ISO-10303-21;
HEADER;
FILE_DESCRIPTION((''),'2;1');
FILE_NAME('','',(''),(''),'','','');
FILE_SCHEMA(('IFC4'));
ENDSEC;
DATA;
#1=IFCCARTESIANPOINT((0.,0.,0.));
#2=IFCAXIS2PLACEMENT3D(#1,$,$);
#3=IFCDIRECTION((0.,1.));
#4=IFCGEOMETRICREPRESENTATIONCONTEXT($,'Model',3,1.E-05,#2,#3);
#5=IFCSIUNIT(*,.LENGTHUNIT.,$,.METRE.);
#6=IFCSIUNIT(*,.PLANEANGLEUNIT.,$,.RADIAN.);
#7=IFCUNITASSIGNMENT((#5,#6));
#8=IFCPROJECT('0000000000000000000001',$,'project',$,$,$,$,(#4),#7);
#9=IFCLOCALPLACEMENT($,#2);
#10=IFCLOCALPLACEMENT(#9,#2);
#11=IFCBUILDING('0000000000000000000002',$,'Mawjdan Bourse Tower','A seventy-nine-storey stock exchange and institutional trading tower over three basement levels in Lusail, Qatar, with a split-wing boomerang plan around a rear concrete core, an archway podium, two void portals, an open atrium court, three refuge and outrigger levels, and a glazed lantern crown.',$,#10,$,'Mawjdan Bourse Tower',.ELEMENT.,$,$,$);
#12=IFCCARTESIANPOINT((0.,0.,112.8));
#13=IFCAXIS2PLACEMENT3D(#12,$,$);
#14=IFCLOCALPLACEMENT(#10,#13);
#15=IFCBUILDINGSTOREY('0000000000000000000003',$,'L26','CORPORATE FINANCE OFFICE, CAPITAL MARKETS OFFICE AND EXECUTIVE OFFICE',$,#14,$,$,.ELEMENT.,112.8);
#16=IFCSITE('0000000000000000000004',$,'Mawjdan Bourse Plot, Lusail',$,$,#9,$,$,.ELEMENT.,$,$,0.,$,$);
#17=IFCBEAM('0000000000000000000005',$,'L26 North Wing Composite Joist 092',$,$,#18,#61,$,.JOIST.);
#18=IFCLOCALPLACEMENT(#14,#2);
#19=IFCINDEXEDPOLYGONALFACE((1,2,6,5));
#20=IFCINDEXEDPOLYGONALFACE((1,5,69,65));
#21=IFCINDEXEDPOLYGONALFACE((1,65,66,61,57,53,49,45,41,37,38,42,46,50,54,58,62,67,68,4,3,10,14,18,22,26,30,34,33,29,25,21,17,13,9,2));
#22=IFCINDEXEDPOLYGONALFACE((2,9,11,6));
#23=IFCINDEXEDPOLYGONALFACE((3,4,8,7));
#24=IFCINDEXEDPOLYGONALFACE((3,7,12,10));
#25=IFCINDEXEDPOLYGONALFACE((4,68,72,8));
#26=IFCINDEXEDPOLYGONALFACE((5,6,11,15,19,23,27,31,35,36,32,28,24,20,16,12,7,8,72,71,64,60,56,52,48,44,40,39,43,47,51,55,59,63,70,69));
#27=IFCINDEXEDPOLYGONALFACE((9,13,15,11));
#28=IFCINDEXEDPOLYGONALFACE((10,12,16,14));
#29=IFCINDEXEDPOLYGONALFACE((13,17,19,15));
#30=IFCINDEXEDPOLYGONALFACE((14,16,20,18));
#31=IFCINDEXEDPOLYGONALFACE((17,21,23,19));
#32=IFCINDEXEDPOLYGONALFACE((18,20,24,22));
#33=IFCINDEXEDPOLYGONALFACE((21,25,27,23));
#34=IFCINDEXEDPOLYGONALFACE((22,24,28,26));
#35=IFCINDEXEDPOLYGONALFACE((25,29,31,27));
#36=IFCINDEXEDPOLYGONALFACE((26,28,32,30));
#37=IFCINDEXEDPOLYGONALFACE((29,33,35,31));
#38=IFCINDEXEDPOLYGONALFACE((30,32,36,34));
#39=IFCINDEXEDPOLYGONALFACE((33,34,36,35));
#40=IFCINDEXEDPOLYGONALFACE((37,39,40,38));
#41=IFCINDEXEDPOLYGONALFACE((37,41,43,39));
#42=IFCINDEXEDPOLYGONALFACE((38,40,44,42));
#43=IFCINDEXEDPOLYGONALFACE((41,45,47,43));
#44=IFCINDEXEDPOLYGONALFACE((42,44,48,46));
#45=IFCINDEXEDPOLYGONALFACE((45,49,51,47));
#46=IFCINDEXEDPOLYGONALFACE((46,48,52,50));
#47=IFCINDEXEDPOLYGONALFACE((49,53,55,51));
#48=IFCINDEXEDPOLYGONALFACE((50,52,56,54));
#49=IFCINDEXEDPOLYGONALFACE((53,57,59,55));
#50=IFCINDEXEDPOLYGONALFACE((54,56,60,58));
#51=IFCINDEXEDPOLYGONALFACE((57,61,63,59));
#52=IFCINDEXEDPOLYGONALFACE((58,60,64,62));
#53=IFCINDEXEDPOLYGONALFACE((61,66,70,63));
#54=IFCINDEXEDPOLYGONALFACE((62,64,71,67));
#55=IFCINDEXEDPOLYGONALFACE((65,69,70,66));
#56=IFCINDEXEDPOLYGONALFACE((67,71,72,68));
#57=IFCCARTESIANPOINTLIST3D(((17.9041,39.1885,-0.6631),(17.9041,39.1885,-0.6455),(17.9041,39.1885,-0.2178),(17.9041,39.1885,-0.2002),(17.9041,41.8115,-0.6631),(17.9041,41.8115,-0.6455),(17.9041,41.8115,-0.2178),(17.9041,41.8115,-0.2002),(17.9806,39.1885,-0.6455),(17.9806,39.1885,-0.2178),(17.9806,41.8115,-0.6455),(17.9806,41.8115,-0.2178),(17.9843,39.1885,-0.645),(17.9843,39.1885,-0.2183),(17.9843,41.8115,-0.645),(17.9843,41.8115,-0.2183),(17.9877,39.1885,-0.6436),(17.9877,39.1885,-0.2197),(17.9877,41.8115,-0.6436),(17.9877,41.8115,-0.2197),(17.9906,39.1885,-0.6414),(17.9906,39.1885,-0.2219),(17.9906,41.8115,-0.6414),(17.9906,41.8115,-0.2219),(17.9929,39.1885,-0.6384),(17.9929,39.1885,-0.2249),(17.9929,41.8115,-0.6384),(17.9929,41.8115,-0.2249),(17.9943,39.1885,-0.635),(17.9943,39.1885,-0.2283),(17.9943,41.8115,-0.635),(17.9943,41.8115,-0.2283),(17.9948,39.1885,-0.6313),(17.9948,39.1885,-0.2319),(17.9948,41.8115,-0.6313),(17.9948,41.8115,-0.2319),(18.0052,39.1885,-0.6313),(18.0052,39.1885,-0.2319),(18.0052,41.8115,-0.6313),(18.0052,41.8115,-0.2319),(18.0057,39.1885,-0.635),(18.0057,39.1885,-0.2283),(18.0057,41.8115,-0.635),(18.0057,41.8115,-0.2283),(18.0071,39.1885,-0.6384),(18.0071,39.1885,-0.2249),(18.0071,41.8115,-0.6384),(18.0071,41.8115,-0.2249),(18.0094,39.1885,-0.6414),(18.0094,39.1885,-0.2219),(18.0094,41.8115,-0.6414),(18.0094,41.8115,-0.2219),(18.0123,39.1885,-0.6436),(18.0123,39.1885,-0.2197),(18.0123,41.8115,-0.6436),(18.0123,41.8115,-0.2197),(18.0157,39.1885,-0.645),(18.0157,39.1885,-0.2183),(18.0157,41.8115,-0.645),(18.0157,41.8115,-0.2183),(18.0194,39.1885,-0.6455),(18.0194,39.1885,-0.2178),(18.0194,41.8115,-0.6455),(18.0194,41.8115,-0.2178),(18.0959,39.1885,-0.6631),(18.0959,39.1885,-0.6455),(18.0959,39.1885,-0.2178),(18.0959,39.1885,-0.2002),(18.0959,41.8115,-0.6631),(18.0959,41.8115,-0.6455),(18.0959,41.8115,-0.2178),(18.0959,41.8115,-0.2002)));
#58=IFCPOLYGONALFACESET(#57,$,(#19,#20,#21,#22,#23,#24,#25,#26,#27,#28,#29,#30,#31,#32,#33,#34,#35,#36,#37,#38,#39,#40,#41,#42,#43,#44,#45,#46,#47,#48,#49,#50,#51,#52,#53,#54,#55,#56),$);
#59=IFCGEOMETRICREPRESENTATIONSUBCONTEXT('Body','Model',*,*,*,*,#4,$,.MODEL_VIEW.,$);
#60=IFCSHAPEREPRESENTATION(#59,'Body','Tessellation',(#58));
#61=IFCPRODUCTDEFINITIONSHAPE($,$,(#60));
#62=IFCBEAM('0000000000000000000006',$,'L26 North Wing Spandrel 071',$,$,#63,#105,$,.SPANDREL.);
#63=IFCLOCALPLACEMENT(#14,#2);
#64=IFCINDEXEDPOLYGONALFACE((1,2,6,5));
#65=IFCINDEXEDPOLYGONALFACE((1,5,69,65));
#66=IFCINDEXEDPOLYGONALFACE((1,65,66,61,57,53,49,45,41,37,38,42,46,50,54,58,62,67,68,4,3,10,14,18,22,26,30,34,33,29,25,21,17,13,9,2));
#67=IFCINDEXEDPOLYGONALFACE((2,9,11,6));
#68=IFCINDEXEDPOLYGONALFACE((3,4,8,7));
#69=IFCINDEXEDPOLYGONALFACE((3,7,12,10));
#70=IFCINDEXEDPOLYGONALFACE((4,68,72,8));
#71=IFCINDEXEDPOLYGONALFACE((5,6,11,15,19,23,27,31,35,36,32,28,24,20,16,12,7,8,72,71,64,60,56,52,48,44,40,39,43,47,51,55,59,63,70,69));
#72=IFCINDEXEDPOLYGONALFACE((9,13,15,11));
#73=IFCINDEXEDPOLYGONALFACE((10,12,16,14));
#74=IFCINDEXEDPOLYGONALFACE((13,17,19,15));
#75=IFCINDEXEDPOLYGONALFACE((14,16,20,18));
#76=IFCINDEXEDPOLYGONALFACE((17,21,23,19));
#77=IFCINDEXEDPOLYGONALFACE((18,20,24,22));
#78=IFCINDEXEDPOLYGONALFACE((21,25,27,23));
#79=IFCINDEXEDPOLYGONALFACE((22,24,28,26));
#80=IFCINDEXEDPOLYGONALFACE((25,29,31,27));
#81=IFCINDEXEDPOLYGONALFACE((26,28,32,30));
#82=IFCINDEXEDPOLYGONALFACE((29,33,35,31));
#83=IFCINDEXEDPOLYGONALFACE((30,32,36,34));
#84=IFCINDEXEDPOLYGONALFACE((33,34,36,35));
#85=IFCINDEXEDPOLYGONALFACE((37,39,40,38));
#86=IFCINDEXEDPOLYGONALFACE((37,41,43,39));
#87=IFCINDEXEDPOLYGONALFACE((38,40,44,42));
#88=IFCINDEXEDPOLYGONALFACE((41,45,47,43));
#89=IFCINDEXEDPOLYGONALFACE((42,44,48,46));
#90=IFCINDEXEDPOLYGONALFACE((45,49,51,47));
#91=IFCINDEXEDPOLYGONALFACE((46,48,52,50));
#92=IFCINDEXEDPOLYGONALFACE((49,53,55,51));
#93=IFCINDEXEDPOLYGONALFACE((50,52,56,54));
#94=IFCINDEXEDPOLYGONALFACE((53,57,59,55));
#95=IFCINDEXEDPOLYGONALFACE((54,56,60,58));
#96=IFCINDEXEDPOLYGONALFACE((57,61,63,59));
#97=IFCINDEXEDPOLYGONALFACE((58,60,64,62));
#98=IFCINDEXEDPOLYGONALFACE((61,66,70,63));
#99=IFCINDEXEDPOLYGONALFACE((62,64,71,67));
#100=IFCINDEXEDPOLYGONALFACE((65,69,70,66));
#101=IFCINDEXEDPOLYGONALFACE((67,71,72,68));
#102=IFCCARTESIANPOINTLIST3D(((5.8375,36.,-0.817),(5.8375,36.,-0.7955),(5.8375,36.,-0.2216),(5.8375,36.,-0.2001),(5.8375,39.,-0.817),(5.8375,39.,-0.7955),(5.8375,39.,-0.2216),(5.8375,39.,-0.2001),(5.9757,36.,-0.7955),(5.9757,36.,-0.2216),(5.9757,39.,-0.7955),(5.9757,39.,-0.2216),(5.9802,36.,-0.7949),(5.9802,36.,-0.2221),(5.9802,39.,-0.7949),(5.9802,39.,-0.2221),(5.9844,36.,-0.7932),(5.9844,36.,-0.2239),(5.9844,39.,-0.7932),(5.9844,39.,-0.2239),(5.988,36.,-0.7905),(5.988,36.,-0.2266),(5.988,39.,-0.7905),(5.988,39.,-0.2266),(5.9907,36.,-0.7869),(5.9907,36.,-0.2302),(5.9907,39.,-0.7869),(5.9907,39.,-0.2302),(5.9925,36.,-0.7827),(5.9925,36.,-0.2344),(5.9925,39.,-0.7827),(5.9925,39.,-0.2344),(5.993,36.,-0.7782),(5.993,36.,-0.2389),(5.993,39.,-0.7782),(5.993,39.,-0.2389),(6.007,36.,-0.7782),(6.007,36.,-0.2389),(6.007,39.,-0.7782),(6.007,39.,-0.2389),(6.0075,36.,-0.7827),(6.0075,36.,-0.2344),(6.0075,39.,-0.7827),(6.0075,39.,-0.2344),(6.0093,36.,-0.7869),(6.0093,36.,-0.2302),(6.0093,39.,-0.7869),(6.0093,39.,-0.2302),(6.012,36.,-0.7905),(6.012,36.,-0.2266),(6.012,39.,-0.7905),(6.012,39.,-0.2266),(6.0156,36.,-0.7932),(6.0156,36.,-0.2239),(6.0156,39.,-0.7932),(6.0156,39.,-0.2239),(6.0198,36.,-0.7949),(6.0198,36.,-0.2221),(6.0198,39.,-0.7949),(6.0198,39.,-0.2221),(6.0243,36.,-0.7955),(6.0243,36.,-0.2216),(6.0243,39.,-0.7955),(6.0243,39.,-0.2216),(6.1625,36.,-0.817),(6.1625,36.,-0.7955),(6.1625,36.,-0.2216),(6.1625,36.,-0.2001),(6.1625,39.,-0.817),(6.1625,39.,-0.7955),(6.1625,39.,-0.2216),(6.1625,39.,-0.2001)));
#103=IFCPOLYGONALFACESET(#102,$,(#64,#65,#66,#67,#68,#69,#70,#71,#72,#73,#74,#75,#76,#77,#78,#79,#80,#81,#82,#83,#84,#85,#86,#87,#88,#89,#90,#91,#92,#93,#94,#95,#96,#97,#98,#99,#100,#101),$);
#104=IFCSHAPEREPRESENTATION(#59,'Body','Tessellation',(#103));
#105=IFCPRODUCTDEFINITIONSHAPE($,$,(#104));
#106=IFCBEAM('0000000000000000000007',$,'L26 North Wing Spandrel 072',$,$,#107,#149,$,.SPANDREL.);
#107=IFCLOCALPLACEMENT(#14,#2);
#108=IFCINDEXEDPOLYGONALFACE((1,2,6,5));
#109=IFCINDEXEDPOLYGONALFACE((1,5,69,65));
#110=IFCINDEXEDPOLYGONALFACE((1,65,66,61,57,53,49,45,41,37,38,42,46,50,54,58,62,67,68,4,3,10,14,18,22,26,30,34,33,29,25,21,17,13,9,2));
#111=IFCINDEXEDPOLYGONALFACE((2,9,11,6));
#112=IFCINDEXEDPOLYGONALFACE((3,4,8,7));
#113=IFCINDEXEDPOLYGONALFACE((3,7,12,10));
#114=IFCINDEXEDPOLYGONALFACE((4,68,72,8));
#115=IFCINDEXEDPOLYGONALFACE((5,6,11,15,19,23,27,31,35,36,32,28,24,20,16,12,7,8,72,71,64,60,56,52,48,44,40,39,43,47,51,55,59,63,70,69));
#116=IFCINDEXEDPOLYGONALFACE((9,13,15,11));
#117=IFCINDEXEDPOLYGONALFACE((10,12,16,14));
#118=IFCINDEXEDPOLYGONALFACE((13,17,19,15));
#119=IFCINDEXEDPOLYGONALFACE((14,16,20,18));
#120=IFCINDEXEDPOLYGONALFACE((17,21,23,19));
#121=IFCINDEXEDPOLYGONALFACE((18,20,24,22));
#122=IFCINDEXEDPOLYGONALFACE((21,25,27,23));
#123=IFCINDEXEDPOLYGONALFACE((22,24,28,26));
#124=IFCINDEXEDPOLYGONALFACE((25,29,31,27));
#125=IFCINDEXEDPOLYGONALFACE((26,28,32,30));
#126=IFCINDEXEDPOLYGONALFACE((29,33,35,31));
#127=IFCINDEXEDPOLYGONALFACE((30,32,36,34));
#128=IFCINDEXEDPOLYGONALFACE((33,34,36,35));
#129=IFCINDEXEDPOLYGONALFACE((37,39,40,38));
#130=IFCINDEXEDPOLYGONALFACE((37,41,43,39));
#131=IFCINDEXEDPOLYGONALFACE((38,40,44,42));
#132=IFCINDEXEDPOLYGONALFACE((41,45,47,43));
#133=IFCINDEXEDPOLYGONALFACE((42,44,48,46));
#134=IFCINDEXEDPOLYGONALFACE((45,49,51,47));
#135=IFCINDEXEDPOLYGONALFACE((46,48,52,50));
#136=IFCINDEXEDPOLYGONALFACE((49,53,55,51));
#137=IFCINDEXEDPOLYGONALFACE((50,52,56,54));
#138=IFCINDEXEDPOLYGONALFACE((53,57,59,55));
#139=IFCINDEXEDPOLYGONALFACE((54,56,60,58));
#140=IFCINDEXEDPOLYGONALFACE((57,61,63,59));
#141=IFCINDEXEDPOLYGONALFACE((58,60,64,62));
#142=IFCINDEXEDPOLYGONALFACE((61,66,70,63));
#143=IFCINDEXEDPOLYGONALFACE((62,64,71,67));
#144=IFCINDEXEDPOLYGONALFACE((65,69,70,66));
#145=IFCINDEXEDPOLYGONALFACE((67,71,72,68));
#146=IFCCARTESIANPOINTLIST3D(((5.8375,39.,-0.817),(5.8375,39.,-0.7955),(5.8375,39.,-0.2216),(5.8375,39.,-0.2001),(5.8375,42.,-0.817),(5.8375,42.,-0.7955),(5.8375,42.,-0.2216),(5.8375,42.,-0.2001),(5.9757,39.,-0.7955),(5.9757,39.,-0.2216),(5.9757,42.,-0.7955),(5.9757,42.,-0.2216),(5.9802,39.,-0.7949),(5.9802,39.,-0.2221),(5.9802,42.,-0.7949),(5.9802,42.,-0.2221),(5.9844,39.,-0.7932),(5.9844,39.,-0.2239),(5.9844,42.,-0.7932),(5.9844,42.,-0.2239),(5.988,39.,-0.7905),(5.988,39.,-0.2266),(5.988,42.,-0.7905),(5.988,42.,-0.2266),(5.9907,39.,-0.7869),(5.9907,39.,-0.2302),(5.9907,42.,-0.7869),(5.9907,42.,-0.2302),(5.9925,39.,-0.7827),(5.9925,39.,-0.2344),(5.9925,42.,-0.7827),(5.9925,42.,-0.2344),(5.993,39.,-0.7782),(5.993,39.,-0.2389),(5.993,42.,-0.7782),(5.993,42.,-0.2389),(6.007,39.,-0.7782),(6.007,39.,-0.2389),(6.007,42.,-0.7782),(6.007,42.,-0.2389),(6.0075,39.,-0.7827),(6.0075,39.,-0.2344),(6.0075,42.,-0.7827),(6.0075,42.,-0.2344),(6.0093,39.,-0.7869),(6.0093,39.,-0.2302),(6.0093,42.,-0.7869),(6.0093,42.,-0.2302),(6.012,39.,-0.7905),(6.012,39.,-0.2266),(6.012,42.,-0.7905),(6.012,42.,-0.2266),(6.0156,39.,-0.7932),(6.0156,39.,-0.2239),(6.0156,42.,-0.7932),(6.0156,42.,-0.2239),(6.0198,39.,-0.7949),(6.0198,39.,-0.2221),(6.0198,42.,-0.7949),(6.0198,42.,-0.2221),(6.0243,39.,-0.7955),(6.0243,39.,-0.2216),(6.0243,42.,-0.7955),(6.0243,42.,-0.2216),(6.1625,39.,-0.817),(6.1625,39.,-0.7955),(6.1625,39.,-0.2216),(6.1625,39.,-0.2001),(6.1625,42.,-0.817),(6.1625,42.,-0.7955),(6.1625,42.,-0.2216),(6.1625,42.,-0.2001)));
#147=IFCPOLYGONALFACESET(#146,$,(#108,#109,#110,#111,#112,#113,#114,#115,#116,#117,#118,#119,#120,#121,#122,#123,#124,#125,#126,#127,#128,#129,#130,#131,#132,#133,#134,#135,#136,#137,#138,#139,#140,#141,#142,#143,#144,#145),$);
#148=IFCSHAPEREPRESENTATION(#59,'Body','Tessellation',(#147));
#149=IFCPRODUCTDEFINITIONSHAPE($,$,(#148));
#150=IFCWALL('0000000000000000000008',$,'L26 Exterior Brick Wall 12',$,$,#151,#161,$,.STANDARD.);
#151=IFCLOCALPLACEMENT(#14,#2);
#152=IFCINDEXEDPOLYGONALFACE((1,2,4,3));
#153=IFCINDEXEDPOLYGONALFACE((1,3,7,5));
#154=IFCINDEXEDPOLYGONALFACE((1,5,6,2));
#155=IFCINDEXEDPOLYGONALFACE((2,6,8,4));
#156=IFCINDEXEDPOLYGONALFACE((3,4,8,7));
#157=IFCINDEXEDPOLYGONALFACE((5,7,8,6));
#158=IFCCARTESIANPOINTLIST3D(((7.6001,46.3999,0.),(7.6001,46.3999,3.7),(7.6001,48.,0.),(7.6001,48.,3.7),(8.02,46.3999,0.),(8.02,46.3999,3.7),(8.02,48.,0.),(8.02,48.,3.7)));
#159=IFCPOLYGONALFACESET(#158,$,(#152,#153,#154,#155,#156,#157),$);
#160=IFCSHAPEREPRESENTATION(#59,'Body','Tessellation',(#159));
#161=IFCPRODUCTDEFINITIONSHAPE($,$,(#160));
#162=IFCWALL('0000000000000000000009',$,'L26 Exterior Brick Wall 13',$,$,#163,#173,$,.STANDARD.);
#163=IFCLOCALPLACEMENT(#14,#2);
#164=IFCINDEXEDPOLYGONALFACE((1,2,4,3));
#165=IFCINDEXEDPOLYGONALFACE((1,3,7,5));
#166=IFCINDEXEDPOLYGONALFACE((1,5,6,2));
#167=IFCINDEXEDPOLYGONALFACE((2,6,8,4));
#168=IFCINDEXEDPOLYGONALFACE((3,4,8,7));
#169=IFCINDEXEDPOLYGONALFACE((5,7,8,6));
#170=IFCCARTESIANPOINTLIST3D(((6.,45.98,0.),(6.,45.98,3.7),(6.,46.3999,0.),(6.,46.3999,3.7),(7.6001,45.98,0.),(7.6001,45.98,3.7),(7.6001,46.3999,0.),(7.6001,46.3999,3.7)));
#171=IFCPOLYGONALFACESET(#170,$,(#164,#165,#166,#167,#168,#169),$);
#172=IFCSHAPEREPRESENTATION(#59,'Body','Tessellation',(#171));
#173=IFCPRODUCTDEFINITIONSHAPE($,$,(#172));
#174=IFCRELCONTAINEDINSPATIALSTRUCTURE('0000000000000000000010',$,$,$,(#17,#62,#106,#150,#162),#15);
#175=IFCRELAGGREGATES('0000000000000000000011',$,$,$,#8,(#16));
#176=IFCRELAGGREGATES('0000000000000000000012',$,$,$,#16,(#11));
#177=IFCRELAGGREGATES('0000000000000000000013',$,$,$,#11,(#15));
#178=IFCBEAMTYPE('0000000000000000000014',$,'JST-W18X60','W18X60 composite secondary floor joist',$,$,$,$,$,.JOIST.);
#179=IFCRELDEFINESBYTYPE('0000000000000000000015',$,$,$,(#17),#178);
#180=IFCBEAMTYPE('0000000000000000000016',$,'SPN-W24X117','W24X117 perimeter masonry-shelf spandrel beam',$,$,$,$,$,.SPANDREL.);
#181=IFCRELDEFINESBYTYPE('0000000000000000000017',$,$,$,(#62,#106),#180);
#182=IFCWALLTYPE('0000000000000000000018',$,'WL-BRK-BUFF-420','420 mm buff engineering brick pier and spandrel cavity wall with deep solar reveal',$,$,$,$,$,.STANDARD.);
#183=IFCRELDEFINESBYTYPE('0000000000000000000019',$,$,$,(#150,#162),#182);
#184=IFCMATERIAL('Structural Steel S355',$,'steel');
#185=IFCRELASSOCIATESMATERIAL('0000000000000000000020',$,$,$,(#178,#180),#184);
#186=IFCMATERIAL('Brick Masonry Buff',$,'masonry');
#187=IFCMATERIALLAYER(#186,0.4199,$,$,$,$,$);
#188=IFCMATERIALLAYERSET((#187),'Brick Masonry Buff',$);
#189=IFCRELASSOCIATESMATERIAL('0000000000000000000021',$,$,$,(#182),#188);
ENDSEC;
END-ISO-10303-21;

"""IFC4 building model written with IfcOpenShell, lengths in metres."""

from ifc_helpers import new_model, si_unit, direction, frame, frame_2d, origin, origin_2d, place, context, subcontext, project, spatial, rectangle, i_section, extrude, material, layer, layer_set, material_profile, profile_set, type_object, element, save


model = new_model("IFC4")

# Units and contexts
model_context = context("Model", 3, precision=1e-05, world=origin(), true_north=direction((0.0, 1.0)))
body_context = subcontext(model_context, "Body", "Model", "MODEL_VIEW")
ifc_project = project(units=[si_unit("LENGTHUNIT", "METRE"), si_unit("PLANEANGLEUNIT", "RADIAN")], contexts=[model_context])

# Site, building, storey
site_placement = place(None, origin())
site = spatial("IfcSite", under=ifc_project, at=site_placement, Name="Mawjdan Bourse Plot, Lusail", CompositionType="ELEMENT", RefElevation=0.0)
building_placement = place(site_placement, origin())
building = spatial("IfcBuilding", under=site, at=building_placement, Name="Mawjdan Bourse Tower", Description="A seventy-nine-storey stock exchange and institutional trading tower over three basement levels in Lusail, Qatar, with a split-wing boomerang plan around a rear concrete core, an archway podium, two void portals, an open atrium court, three refuge and outrigger levels, and a glazed lantern crown.", LongName="Mawjdan Bourse Tower", CompositionType="ELEMENT")
storey_placement = place(building_placement, frame((0.0, 0.0, 112.8)))
storey = spatial("IfcBuildingStorey", under=building, at=storey_placement, Name="L26", Description="CORPORATE FINANCE OFFICE, CAPITAL MARKETS OFFICE AND EXECUTIVE OFFICE", CompositionType="ELEMENT", Elevation=112.8)

# Beams
ifc_material_1 = material(Name="Structural Steel S355", Category="steel")
ifc_material_profile_1 = material_profile(ifc_material_1, i_section(OverallWidth=0.1919, OverallDepth=0.4629, WebThickness=0.0105, FlangeThickness=0.0176, FilletRadius=0.0142, at=origin_2d()), Name="W18X60")
ifc_profile_set_1 = profile_set([ifc_material_profile_1], Name="Structural Steel S355")
beam_type_1 = type_object("IfcBeamType", Name="JST-W18X60", Description="W18X60 composite secondary floor joist", PredefinedType="JOIST", material=ifc_profile_set_1)
for number, where, z_axis, x_axis, name in (
    (1, (18.0, 39.1885, -0.4316), (0.0, 1.0, 0.0), (-1.0, 0.0, 0.0), "L26 North Wing Composite Joist 092"),
):
    element("IfcBeam", number, at=place(storey_placement, frame(where, z_axis=z_axis, x_axis=x_axis)), inside=storey, type_object=beam_type_1, Name=name, PredefinedType="JOIST", context=body_context, shape_type="SweptSolid", body=[
        extrude(i_section(OverallWidth=0.1919, OverallDepth=0.4629, WebThickness=0.0105, FlangeThickness=0.0176, FilletRadius=0.0142, at=origin_2d()), origin(), (0.0, 0.0, 1.0), 2.623),
    ])
ifc_material_profile_2 = material_profile(ifc_material_1, i_section(OverallWidth=0.325, OverallDepth=0.6169, WebThickness=0.0139, FlangeThickness=0.0215, FilletRadius=0.0173, at=origin_2d()), Name="W24X117")
ifc_profile_set_2 = profile_set([ifc_material_profile_2], Name="Structural Steel S355")
beam_type_2 = type_object("IfcBeamType", Name="SPN-W24X117", Description="W24X117 perimeter masonry-shelf spandrel beam", PredefinedType="SPANDREL", material=ifc_profile_set_2)
for number, where, z_axis, x_axis, name in (
    (2, (6.0, 36.0, -0.5085), (0.0, 1.0, 0.0), (-1.0, 0.0, 0.0), "L26 North Wing Spandrel 071"),
    (3, (6.0, 39.0, -0.5085), (0.0, 1.0, 0.0), (-1.0, 0.0, 0.0), "L26 North Wing Spandrel 072"),
):
    element("IfcBeam", number, at=place(storey_placement, frame(where, z_axis=z_axis, x_axis=x_axis)), inside=storey, type_object=beam_type_2, Name=name, PredefinedType="SPANDREL", context=body_context, shape_type="SweptSolid", body=[
        extrude(i_section(OverallWidth=0.325, OverallDepth=0.6169, WebThickness=0.0139, FlangeThickness=0.0215, FilletRadius=0.0173, at=origin_2d()), origin(), (0.0, 0.0, 1.0), 3.0),
    ])

# Walls
ifc_material_2 = material(Name="Brick Masonry Buff", Category="masonry")
ifc_layer_1 = layer(ifc_material_2, 0.4199)
ifc_layer_set_1 = layer_set([ifc_layer_1], Name="Brick Masonry Buff")
wall_type_1 = type_object("IfcWallType", Name="WL-BRK-BUFF-420", Description="420 mm buff engineering brick pier and spandrel cavity wall with deep solar reveal", PredefinedType="STANDARD", material=ifc_layer_set_1)
for number, where, z_axis, x_axis, name in (
    (4, (7.8101, 48.0, 0.0), (0.0, 0.0, 1.0), (0.0, -1.0, 0.0), "L26 Exterior Brick Wall 12"),
    (5, (7.6001, 46.1899, 0.0), (0.0, 0.0, 1.0), (-1.0, 0.0, 0.0), "L26 Exterior Brick Wall 13"),
):
    element("IfcWall", number, at=place(storey_placement, frame(where, z_axis=z_axis, x_axis=x_axis)), inside=storey, type_object=wall_type_1, Name=name, PredefinedType="STANDARD", context=body_context, shape_type="SweptSolid", body=[
        extrude(rectangle(XDim=1.6001, YDim=0.4199, at=frame_2d((0.8, 0.0))), origin(), (0.0, 0.0, 1.0), 3.7),
    ])

save(model, "model.ifc")
